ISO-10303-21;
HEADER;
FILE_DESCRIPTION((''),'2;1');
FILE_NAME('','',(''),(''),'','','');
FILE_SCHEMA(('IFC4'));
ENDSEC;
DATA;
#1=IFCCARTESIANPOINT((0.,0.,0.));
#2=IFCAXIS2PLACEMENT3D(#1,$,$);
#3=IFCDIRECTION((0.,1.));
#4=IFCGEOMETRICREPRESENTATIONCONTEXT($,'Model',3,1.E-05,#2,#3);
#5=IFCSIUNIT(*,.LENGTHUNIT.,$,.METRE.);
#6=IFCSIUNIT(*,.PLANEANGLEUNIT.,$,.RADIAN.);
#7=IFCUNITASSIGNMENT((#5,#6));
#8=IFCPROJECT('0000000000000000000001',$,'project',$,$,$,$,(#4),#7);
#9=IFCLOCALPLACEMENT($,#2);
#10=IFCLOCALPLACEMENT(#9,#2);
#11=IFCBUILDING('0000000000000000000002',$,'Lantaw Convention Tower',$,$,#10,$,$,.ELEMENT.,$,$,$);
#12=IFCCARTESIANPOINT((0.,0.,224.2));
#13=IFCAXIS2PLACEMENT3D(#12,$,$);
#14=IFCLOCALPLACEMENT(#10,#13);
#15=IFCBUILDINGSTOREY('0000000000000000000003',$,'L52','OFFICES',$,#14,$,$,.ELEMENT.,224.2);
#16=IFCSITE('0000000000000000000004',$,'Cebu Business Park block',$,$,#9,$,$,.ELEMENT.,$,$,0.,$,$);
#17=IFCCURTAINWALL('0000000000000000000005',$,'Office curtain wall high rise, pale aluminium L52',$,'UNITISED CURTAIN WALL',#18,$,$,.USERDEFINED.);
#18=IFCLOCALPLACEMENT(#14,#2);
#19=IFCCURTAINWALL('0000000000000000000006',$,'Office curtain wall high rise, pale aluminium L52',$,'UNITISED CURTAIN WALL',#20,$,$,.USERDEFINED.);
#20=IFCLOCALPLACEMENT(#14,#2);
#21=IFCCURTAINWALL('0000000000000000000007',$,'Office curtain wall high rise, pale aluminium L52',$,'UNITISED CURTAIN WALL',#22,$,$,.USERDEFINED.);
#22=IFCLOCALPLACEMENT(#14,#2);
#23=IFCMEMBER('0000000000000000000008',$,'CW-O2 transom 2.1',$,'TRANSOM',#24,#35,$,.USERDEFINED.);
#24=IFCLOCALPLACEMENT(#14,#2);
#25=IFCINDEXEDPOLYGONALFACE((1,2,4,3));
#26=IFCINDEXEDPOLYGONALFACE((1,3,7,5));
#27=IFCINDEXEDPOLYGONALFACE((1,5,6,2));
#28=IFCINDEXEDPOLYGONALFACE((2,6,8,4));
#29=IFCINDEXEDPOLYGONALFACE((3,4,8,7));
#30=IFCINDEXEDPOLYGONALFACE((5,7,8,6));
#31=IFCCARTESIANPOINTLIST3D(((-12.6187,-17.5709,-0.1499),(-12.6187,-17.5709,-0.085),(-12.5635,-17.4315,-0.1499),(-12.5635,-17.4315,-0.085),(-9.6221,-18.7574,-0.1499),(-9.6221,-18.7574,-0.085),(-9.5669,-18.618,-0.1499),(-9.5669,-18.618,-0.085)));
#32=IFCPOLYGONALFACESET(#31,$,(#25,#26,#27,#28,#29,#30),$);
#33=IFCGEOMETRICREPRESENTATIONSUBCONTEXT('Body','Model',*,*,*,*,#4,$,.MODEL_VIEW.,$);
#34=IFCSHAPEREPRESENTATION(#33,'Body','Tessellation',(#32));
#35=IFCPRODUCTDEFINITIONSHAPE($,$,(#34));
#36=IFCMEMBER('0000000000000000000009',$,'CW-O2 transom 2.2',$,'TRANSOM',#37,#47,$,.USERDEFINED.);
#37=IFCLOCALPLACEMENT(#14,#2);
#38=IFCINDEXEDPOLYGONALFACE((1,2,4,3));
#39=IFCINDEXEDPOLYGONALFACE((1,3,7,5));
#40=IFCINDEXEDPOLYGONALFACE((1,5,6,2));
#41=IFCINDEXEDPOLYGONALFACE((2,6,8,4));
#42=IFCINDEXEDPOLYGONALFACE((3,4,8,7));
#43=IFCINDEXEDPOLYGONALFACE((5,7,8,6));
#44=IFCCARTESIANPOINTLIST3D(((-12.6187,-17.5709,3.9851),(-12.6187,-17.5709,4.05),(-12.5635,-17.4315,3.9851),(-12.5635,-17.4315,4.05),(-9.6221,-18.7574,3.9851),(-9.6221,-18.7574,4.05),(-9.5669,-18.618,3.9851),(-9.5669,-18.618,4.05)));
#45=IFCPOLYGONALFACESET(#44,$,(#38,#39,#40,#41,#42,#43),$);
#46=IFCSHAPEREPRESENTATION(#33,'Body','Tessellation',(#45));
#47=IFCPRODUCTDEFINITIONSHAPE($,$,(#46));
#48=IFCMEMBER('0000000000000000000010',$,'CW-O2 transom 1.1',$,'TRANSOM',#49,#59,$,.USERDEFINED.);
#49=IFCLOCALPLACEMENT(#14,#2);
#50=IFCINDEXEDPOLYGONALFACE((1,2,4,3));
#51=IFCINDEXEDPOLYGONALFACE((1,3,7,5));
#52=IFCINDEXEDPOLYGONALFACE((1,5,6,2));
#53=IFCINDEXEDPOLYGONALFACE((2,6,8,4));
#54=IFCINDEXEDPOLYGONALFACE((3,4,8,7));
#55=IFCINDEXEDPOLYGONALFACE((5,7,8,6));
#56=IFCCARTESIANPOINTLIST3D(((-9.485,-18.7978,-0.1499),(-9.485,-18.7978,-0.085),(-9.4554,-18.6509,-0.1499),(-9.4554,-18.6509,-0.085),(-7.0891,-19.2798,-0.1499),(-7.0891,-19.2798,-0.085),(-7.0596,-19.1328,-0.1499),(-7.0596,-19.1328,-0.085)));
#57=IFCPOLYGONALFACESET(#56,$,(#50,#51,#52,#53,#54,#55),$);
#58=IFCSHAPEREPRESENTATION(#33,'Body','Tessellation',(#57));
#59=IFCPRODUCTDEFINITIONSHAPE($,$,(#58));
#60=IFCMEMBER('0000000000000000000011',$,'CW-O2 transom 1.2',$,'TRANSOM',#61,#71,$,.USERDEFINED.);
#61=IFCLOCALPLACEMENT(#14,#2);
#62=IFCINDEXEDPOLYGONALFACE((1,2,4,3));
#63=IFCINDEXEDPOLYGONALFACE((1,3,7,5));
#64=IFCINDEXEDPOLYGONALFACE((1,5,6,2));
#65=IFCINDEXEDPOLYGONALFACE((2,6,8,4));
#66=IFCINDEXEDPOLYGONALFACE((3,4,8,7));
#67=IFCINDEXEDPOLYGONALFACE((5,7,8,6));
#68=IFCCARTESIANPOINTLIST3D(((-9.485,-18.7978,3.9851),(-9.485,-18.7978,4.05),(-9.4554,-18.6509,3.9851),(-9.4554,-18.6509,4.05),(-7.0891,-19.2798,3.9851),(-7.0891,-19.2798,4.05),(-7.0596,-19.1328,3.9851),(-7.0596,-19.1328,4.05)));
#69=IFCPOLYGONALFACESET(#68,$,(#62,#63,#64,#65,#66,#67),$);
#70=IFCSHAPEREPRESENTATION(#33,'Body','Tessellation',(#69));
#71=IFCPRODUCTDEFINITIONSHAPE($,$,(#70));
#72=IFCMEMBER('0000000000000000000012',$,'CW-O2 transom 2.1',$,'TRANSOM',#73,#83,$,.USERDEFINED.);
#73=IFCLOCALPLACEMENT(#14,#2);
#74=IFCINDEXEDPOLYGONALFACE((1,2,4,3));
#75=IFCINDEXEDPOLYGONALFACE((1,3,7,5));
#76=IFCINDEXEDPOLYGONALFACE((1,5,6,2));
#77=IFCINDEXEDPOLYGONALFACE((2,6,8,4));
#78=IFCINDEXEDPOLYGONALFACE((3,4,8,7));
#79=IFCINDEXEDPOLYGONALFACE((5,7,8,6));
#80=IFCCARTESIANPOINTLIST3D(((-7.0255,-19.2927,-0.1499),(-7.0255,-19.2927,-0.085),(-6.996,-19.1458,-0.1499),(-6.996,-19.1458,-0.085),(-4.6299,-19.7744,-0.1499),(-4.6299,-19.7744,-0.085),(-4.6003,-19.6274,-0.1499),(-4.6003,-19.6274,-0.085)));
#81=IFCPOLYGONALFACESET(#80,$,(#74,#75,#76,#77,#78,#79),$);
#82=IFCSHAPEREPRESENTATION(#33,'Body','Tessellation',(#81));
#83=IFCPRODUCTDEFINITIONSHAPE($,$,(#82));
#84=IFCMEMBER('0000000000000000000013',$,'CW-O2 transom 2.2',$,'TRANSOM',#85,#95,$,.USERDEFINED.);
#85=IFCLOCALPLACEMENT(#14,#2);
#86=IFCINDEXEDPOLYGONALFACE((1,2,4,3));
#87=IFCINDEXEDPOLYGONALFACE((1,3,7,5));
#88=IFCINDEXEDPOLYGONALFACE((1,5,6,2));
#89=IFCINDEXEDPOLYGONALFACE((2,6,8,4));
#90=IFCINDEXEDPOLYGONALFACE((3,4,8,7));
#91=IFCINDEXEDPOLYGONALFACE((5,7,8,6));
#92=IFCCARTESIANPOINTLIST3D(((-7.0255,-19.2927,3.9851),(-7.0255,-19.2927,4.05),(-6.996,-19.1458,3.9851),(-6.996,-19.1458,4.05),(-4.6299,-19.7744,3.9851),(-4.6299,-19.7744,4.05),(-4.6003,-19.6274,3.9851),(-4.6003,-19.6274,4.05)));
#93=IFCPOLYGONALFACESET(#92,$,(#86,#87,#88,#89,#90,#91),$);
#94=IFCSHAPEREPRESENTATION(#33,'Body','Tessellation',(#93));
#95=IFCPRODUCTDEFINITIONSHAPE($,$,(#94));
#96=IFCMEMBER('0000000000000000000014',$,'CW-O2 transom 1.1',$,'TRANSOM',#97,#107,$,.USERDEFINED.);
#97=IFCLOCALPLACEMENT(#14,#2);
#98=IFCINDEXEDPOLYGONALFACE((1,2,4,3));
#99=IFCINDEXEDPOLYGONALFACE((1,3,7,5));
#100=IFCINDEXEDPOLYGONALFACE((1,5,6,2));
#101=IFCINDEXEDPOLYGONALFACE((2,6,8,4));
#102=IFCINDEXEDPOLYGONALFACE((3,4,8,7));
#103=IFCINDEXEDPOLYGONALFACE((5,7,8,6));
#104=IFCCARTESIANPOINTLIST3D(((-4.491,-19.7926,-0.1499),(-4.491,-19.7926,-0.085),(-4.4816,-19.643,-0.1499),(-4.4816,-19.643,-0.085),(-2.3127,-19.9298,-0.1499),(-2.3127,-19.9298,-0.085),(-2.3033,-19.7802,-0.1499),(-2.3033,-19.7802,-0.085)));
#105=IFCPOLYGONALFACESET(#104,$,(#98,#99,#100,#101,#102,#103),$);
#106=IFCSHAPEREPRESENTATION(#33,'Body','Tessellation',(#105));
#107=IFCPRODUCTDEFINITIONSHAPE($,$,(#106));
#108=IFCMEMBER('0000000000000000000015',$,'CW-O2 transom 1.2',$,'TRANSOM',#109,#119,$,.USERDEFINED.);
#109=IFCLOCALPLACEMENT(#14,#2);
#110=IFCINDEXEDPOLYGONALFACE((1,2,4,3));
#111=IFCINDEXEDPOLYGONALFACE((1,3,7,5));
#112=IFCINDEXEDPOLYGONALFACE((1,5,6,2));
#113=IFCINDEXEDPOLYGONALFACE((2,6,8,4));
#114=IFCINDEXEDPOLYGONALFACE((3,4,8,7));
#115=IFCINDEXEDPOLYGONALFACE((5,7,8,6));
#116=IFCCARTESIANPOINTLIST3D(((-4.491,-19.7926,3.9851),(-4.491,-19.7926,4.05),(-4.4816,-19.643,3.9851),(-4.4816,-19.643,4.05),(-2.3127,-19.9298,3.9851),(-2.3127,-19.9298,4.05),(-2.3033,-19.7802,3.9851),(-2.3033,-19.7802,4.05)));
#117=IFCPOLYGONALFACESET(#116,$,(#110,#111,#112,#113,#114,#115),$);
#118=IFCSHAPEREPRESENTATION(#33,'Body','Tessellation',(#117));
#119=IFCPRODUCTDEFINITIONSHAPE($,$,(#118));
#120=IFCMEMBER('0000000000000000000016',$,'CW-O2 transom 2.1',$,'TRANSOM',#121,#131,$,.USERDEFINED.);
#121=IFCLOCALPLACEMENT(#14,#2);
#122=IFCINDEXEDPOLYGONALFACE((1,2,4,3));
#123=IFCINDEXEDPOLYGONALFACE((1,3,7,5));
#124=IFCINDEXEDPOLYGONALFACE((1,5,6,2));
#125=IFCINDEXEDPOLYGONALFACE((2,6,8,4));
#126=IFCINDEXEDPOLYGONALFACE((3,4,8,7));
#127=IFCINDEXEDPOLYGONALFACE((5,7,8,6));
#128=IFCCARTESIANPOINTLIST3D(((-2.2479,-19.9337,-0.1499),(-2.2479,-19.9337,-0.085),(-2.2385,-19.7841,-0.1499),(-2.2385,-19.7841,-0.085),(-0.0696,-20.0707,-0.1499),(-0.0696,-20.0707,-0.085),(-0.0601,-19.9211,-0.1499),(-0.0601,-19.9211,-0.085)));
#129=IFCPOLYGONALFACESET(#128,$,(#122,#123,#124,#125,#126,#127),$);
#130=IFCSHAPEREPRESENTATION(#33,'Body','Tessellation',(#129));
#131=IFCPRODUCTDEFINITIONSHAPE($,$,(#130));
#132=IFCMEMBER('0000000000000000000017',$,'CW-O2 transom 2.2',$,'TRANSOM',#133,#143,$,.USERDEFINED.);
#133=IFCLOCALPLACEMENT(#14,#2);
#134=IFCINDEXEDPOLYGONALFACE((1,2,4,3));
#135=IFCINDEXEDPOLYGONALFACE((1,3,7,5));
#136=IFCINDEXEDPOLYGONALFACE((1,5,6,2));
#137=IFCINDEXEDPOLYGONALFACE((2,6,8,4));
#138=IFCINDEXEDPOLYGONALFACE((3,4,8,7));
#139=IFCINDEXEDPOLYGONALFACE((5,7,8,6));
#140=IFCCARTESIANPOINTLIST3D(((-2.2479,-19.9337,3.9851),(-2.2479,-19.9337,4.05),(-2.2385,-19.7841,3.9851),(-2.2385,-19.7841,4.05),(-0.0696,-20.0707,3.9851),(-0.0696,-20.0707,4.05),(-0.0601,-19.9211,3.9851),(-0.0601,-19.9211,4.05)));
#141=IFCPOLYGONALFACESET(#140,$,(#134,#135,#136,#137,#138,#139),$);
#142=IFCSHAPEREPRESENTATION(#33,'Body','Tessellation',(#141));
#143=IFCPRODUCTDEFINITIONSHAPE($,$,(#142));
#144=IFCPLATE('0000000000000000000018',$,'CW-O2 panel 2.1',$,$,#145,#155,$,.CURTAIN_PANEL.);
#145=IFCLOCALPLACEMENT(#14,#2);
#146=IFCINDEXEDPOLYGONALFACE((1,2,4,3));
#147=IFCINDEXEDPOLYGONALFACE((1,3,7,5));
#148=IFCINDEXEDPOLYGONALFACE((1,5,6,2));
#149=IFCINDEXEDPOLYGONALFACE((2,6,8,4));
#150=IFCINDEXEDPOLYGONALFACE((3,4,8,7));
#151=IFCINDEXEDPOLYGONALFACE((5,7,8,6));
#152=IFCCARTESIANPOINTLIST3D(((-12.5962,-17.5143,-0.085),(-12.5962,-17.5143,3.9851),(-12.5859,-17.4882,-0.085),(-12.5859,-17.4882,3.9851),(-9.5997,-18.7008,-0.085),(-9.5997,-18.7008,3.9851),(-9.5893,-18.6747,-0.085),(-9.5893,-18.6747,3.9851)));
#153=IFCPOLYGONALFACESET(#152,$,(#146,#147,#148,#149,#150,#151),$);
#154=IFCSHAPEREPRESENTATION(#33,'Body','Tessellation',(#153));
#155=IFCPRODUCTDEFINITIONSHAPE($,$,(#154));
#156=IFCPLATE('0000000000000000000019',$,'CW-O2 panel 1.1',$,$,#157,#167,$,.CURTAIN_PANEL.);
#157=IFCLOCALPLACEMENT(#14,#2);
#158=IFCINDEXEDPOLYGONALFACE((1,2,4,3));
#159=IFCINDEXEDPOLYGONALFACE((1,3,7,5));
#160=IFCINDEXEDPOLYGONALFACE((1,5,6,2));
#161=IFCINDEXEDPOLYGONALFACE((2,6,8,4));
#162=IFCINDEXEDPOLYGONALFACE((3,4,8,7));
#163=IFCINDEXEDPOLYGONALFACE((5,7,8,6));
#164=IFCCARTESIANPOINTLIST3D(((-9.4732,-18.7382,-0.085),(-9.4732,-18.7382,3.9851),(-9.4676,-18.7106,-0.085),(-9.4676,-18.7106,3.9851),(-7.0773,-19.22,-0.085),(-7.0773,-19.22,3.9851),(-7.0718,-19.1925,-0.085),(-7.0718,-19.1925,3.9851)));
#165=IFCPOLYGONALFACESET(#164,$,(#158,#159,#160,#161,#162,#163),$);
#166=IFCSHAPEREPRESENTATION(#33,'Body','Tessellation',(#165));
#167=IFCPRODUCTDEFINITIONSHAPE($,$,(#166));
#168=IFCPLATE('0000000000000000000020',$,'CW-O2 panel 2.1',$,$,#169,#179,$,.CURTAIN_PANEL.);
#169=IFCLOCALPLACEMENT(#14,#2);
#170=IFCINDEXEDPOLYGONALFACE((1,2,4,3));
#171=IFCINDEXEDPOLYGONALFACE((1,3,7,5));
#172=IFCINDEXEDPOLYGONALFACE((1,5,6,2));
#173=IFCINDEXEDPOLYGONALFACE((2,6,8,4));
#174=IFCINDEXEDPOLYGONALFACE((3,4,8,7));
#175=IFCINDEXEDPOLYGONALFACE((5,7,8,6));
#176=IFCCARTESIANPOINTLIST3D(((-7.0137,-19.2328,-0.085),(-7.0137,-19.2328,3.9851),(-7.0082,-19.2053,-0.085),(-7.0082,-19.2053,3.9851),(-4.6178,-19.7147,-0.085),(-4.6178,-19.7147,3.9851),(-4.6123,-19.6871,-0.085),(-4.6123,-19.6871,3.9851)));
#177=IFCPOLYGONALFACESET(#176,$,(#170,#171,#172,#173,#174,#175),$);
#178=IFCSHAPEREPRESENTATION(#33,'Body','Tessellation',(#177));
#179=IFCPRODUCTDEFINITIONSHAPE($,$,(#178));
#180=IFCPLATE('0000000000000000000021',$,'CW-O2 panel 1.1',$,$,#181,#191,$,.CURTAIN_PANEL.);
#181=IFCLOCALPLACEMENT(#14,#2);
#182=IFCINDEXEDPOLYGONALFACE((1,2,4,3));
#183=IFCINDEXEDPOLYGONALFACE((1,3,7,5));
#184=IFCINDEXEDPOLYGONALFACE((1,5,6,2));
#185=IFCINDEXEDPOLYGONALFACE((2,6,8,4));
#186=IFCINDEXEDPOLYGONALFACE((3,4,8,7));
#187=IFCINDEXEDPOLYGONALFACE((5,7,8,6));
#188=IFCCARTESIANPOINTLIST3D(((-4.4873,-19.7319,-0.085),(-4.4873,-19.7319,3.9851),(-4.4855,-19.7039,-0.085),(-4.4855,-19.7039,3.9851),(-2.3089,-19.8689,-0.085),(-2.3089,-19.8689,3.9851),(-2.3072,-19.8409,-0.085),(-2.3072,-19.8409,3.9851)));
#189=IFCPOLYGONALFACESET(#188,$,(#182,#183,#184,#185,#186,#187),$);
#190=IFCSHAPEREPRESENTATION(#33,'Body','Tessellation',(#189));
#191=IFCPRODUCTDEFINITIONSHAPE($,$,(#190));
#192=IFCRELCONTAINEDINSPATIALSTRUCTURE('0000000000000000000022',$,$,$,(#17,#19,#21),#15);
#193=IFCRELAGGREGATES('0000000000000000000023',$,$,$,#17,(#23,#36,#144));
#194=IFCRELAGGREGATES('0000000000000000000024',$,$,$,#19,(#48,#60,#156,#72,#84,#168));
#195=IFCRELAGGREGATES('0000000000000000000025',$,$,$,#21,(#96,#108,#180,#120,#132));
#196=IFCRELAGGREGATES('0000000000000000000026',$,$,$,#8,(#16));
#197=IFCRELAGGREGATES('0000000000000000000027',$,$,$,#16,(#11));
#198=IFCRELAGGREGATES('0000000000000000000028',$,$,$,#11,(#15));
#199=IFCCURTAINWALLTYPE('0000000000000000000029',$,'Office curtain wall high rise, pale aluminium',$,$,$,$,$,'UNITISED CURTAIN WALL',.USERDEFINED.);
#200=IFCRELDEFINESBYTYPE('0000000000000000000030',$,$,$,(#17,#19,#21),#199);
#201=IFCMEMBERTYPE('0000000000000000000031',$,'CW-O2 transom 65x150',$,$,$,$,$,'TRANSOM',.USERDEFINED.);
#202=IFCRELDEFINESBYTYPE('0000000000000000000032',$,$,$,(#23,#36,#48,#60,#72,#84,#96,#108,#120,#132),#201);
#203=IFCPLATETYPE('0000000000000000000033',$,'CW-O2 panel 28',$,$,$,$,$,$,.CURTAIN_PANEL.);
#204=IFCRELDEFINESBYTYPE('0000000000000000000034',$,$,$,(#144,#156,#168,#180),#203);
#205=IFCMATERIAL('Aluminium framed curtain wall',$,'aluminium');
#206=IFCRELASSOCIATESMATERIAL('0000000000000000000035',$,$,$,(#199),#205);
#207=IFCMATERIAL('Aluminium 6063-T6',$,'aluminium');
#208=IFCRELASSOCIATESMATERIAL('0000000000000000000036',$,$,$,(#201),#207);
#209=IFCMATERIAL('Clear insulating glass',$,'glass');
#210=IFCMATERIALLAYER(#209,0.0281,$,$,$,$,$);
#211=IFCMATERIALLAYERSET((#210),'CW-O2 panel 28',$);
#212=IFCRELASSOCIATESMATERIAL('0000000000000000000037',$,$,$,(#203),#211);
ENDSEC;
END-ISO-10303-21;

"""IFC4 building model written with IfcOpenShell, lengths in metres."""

from ifc_helpers import new_model, si_unit, direction, frame, origin, origin_2d, place, context, subcontext, project, spatial, rectangle, extrude, material, layer, layer_set, material_profile, profile_set, type_object, element, aggregate, save


model = new_model("IFC4")

# Units and contexts
model_context = context("Model", 3, precision=1e-05, world=origin(), true_north=direction((0.0, 1.0)))
body_context = subcontext(model_context, "Body", "Model", "MODEL_VIEW")
ifc_project = project(units=[si_unit("LENGTHUNIT", "METRE"), si_unit("PLANEANGLEUNIT", "RADIAN")], contexts=[model_context])

# Site, building, storey
site_placement = place(None, origin())
site = spatial("IfcSite", under=ifc_project, at=site_placement, Name="Cebu Business Park block", CompositionType="ELEMENT", RefElevation=0.0)
building_placement = place(site_placement, origin())
building = spatial("IfcBuilding", under=site, at=building_placement, Name="Lantaw Convention Tower", CompositionType="ELEMENT")
storey_placement = place(building_placement, frame((0.0, 0.0, 224.2)))
storey = spatial("IfcBuildingStorey", under=building, at=storey_placement, Name="L52", Description="OFFICES", CompositionType="ELEMENT", Elevation=224.2)

# Curtain wall
ifc_material_1 = material(Name="Aluminium framed curtain wall", Category="aluminium")
curtain_wall_type = type_object("IfcCurtainWallType", Name="Office curtain wall high rise, pale aluminium", ElementType="UNITISED CURTAIN WALL", PredefinedType="USERDEFINED", material=ifc_material_1)
curtain_wall_1_placement = place(storey_placement, origin())
curtain_wall_1 = element("IfcCurtainWall", 1, at=curtain_wall_1_placement, inside=storey, type_object=curtain_wall_type, Name="Office curtain wall high rise, pale aluminium L52", ObjectType="UNITISED CURTAIN WALL", PredefinedType="USERDEFINED")
ifc_material_2 = material(Name="Aluminium 6063-T6", Category="aluminium")

# Curtain walls
curtain_wall_2_placement = place(storey_placement, origin())
curtain_wall_2 = element("IfcCurtainWall", 2, at=curtain_wall_2_placement, inside=storey, type_object=curtain_wall_type, Name="Office curtain wall high rise, pale aluminium L52", ObjectType="UNITISED CURTAIN WALL", PredefinedType="USERDEFINED")
curtain_wall_3_placement = place(storey_placement, origin())
curtain_wall_3 = element("IfcCurtainWall", 3, at=curtain_wall_3_placement, inside=storey, type_object=curtain_wall_type, Name="Office curtain wall high rise, pale aluminium L52", ObjectType="UNITISED CURTAIN WALL", PredefinedType="USERDEFINED")

# Members
ifc_material_profile_1 = material_profile(ifc_material_2, rectangle(XDim=0.1499, YDim=0.0649, at=origin_2d()), Name="CW-O2 transom 65x150")
ifc_profile_set_1 = profile_set([ifc_material_profile_1], Name="Aluminium 6063-T6")
member_type_1 = type_object("IfcMemberType", Name="CW-O2 transom 65x150", ElementType="TRANSOM", PredefinedType="USERDEFINED", material=ifc_profile_set_1)
member_1_placement = place(storey_placement, frame((-12.5911, -17.5012, -0.1174), z_axis=(0.929767, -0.368149, 0.0), x_axis=(0.368149, 0.929767, 0.0)))
member_1 = element("IfcMember", 4, at=member_1_placement, type_object=member_type_1, Name="CW-O2 transom 2.1", ObjectType="TRANSOM", PredefinedType="USERDEFINED", context=body_context, shape_type="SweptSolid", body=[
    extrude(rectangle(XDim=0.1499, YDim=0.0649, at=origin_2d()), origin(), (0.0, 0.0, 1.0), 3.2229),
])
member_2_placement = place(storey_placement, frame((-12.5911, -17.5012, 4.0176), z_axis=(0.929767, -0.368149, 0.0), x_axis=(0.368149, 0.929767, 0.0)))
member_2 = element("IfcMember", 5, at=member_2_placement, type_object=member_type_1, Name="CW-O2 transom 2.2", ObjectType="TRANSOM", PredefinedType="USERDEFINED", context=body_context, shape_type="SweptSolid", body=[
    extrude(rectangle(XDim=0.1499, YDim=0.0649, at=origin_2d()), origin(), (0.0, 0.0, 1.0), 3.2229),
])
member_3_placement = place(storey_placement, frame((-9.4702, -18.7244, -0.1174), z_axis=(0.980361, -0.197211, 0.0), x_axis=(0.197211, 0.980361, 0.0)))
member_3 = element("IfcMember", 6, at=member_3_placement, type_object=member_type_1, Name="CW-O2 transom 1.1", ObjectType="TRANSOM", PredefinedType="USERDEFINED", context=body_context, shape_type="SweptSolid", body=[
    extrude(rectangle(XDim=0.1499, YDim=0.0649, at=origin_2d()), origin(), (0.0, 0.0, 1.0), 2.4438),
])
member_4_placement = place(storey_placement, frame((-9.4702, -18.7244, 4.0176), z_axis=(0.980361, -0.197211, 0.0), x_axis=(0.197211, 0.980361, 0.0)))
member_4 = element("IfcMember", 7, at=member_4_placement, type_object=member_type_1, Name="CW-O2 transom 1.2", ObjectType="TRANSOM", PredefinedType="USERDEFINED", context=body_context, shape_type="SweptSolid", body=[
    extrude(rectangle(XDim=0.1499, YDim=0.0649, at=origin_2d()), origin(), (0.0, 0.0, 1.0), 2.4438),
])
member_5_placement = place(storey_placement, frame((-7.0107, -19.2192, -0.1174), z_axis=(0.98038, -0.197115, 0.0), x_axis=(0.197115, 0.98038, 0.0)))
member_5 = element("IfcMember", 8, at=member_5_placement, type_object=member_type_1, Name="CW-O2 transom 2.1", ObjectType="TRANSOM", PredefinedType="USERDEFINED", context=body_context, shape_type="SweptSolid", body=[
    extrude(rectangle(XDim=0.1499, YDim=0.0649, at=origin_2d()), origin(), (0.0, 0.0, 1.0), 2.4436),
])
member_6_placement = place(storey_placement, frame((-7.0107, -19.2192, 4.0176), z_axis=(0.98038, -0.197115, 0.0), x_axis=(0.197115, 0.98038, 0.0)))
member_6 = element("IfcMember", 9, at=member_6_placement, type_object=member_type_1, Name="CW-O2 transom 2.2", ObjectType="TRANSOM", PredefinedType="USERDEFINED", context=body_context, shape_type="SweptSolid", body=[
    extrude(rectangle(XDim=0.1499, YDim=0.0649, at=origin_2d()), origin(), (0.0, 0.0, 1.0), 2.4436),
])
member_7_placement = place(storey_placement, frame((-4.4863, -19.7178, -0.1174), z_axis=(0.998022, -0.062866, 0.0), x_axis=(0.062866, 0.998022, 0.0)))
member_7 = element("IfcMember", 10, at=member_7_placement, type_object=member_type_1, Name="CW-O2 transom 1.1", ObjectType="TRANSOM", PredefinedType="USERDEFINED", context=body_context, shape_type="SweptSolid", body=[
    extrude(rectangle(XDim=0.1499, YDim=0.0649, at=origin_2d()), origin(), (0.0, 0.0, 1.0), 2.1826),
])
member_8_placement = place(storey_placement, frame((-4.4863, -19.7178, 4.0176), z_axis=(0.998022, -0.062866, 0.0), x_axis=(0.062866, 0.998022, 0.0)))
member_8 = element("IfcMember", 11, at=member_8_placement, type_object=member_type_1, Name="CW-O2 transom 1.2", ObjectType="TRANSOM", PredefinedType="USERDEFINED", context=body_context, shape_type="SweptSolid", body=[
    extrude(rectangle(XDim=0.1499, YDim=0.0649, at=origin_2d()), origin(), (0.0, 0.0, 1.0), 2.1826),
])
member_9_placement = place(storey_placement, frame((-2.2432, -19.8589, -0.1174), z_axis=(0.998029, -0.062754, 0.0), x_axis=(0.062754, 0.998029, 0.0)))
member_9 = element("IfcMember", 12, at=member_9_placement, type_object=member_type_1, Name="CW-O2 transom 2.1", ObjectType="TRANSOM", PredefinedType="USERDEFINED", context=body_context, shape_type="SweptSolid", body=[
    extrude(rectangle(XDim=0.1499, YDim=0.0649, at=origin_2d()), origin(), (0.0, 0.0, 1.0), 2.1826),
])
member_10_placement = place(storey_placement, frame((-2.2432, -19.8589, 4.0176), z_axis=(0.998029, -0.062754, 0.0), x_axis=(0.062754, 0.998029, 0.0)))
member_10 = element("IfcMember", 13, at=member_10_placement, type_object=member_type_1, Name="CW-O2 transom 2.2", ObjectType="TRANSOM", PredefinedType="USERDEFINED", context=body_context, shape_type="SweptSolid", body=[
    extrude(rectangle(XDim=0.1499, YDim=0.0649, at=origin_2d()), origin(), (0.0, 0.0, 1.0), 2.1826),
])

# Plates
ifc_material_3 = material(Name="Clear insulating glass", Category="glass")
ifc_layer_1 = layer(ifc_material_3, 0.0281)
ifc_layer_set_1 = layer_set([ifc_layer_1], Name="CW-O2 panel 28")
plate_type_1 = type_object("IfcPlateType", Name="CW-O2 panel 28", PredefinedType="CURTAIN_PANEL", material=ifc_layer_set_1)
plate_1_placement = place(storey_placement, frame((-11.0928, -18.0945, -0.085), z_axis=(0.0, 0.0, 1.0), x_axis=(0.929762, -0.368162, 0.0)))
plate_1 = element("IfcPlate", 14, at=plate_1_placement, type_object=plate_type_1, Name="CW-O2 panel 2.1", PredefinedType="CURTAIN_PANEL", context=body_context, shape_type="SweptSolid", body=[
    extrude(rectangle(XDim=3.2229, YDim=0.0281, at=origin_2d()), origin(), (0.0, 0.0, 1.0), 4.0701),
])
aggregate(curtain_wall_1, [member_1, member_2, plate_1])
plate_2_placement = place(storey_placement, frame((-8.2725, -18.9653, -0.085), z_axis=(0.0, 0.0, 1.0), x_axis=(0.980367, -0.197183, 0.0)))
plate_2 = element("IfcPlate", 15, at=plate_2_placement, type_object=plate_type_1, Name="CW-O2 panel 1.1", PredefinedType="CURTAIN_PANEL", context=body_context, shape_type="SweptSolid", body=[
    extrude(rectangle(XDim=2.4438, YDim=0.0281, at=origin_2d()), origin(), (0.0, 0.0, 1.0), 4.0701),
])
plate_3_placement = place(storey_placement, frame((-5.813, -19.46, -0.085), z_axis=(0.0, 0.0, 1.0), x_axis=(0.980367, -0.197183, 0.0)))
plate_3 = element("IfcPlate", 16, at=plate_3_placement, type_object=plate_type_1, Name="CW-O2 panel 2.1", PredefinedType="CURTAIN_PANEL", context=body_context, shape_type="SweptSolid", body=[
    extrude(rectangle(XDim=2.4438, YDim=0.0281, at=origin_2d()), origin(), (0.0, 0.0, 1.0), 4.0701),
])
aggregate(curtain_wall_2, [member_3, member_4, plate_2, member_5, member_6, plate_3])
plate_4_placement = place(storey_placement, frame((-3.3972, -19.7864, -0.085), z_axis=(0.0, 0.0, 1.0), x_axis=(0.998029, -0.062758, 0.0)))
plate_4 = element("IfcPlate", 17, at=plate_4_placement, type_object=plate_type_1, Name="CW-O2 panel 1.1", PredefinedType="CURTAIN_PANEL", context=body_context, shape_type="SweptSolid", body=[
    extrude(rectangle(XDim=2.1826, YDim=0.0281, at=origin_2d()), origin(), (0.0, 0.0, 1.0), 4.0701),
])
aggregate(curtain_wall_3, [member_7, member_8, plate_4, member_9, member_10])

save(model, "model.ifc")
